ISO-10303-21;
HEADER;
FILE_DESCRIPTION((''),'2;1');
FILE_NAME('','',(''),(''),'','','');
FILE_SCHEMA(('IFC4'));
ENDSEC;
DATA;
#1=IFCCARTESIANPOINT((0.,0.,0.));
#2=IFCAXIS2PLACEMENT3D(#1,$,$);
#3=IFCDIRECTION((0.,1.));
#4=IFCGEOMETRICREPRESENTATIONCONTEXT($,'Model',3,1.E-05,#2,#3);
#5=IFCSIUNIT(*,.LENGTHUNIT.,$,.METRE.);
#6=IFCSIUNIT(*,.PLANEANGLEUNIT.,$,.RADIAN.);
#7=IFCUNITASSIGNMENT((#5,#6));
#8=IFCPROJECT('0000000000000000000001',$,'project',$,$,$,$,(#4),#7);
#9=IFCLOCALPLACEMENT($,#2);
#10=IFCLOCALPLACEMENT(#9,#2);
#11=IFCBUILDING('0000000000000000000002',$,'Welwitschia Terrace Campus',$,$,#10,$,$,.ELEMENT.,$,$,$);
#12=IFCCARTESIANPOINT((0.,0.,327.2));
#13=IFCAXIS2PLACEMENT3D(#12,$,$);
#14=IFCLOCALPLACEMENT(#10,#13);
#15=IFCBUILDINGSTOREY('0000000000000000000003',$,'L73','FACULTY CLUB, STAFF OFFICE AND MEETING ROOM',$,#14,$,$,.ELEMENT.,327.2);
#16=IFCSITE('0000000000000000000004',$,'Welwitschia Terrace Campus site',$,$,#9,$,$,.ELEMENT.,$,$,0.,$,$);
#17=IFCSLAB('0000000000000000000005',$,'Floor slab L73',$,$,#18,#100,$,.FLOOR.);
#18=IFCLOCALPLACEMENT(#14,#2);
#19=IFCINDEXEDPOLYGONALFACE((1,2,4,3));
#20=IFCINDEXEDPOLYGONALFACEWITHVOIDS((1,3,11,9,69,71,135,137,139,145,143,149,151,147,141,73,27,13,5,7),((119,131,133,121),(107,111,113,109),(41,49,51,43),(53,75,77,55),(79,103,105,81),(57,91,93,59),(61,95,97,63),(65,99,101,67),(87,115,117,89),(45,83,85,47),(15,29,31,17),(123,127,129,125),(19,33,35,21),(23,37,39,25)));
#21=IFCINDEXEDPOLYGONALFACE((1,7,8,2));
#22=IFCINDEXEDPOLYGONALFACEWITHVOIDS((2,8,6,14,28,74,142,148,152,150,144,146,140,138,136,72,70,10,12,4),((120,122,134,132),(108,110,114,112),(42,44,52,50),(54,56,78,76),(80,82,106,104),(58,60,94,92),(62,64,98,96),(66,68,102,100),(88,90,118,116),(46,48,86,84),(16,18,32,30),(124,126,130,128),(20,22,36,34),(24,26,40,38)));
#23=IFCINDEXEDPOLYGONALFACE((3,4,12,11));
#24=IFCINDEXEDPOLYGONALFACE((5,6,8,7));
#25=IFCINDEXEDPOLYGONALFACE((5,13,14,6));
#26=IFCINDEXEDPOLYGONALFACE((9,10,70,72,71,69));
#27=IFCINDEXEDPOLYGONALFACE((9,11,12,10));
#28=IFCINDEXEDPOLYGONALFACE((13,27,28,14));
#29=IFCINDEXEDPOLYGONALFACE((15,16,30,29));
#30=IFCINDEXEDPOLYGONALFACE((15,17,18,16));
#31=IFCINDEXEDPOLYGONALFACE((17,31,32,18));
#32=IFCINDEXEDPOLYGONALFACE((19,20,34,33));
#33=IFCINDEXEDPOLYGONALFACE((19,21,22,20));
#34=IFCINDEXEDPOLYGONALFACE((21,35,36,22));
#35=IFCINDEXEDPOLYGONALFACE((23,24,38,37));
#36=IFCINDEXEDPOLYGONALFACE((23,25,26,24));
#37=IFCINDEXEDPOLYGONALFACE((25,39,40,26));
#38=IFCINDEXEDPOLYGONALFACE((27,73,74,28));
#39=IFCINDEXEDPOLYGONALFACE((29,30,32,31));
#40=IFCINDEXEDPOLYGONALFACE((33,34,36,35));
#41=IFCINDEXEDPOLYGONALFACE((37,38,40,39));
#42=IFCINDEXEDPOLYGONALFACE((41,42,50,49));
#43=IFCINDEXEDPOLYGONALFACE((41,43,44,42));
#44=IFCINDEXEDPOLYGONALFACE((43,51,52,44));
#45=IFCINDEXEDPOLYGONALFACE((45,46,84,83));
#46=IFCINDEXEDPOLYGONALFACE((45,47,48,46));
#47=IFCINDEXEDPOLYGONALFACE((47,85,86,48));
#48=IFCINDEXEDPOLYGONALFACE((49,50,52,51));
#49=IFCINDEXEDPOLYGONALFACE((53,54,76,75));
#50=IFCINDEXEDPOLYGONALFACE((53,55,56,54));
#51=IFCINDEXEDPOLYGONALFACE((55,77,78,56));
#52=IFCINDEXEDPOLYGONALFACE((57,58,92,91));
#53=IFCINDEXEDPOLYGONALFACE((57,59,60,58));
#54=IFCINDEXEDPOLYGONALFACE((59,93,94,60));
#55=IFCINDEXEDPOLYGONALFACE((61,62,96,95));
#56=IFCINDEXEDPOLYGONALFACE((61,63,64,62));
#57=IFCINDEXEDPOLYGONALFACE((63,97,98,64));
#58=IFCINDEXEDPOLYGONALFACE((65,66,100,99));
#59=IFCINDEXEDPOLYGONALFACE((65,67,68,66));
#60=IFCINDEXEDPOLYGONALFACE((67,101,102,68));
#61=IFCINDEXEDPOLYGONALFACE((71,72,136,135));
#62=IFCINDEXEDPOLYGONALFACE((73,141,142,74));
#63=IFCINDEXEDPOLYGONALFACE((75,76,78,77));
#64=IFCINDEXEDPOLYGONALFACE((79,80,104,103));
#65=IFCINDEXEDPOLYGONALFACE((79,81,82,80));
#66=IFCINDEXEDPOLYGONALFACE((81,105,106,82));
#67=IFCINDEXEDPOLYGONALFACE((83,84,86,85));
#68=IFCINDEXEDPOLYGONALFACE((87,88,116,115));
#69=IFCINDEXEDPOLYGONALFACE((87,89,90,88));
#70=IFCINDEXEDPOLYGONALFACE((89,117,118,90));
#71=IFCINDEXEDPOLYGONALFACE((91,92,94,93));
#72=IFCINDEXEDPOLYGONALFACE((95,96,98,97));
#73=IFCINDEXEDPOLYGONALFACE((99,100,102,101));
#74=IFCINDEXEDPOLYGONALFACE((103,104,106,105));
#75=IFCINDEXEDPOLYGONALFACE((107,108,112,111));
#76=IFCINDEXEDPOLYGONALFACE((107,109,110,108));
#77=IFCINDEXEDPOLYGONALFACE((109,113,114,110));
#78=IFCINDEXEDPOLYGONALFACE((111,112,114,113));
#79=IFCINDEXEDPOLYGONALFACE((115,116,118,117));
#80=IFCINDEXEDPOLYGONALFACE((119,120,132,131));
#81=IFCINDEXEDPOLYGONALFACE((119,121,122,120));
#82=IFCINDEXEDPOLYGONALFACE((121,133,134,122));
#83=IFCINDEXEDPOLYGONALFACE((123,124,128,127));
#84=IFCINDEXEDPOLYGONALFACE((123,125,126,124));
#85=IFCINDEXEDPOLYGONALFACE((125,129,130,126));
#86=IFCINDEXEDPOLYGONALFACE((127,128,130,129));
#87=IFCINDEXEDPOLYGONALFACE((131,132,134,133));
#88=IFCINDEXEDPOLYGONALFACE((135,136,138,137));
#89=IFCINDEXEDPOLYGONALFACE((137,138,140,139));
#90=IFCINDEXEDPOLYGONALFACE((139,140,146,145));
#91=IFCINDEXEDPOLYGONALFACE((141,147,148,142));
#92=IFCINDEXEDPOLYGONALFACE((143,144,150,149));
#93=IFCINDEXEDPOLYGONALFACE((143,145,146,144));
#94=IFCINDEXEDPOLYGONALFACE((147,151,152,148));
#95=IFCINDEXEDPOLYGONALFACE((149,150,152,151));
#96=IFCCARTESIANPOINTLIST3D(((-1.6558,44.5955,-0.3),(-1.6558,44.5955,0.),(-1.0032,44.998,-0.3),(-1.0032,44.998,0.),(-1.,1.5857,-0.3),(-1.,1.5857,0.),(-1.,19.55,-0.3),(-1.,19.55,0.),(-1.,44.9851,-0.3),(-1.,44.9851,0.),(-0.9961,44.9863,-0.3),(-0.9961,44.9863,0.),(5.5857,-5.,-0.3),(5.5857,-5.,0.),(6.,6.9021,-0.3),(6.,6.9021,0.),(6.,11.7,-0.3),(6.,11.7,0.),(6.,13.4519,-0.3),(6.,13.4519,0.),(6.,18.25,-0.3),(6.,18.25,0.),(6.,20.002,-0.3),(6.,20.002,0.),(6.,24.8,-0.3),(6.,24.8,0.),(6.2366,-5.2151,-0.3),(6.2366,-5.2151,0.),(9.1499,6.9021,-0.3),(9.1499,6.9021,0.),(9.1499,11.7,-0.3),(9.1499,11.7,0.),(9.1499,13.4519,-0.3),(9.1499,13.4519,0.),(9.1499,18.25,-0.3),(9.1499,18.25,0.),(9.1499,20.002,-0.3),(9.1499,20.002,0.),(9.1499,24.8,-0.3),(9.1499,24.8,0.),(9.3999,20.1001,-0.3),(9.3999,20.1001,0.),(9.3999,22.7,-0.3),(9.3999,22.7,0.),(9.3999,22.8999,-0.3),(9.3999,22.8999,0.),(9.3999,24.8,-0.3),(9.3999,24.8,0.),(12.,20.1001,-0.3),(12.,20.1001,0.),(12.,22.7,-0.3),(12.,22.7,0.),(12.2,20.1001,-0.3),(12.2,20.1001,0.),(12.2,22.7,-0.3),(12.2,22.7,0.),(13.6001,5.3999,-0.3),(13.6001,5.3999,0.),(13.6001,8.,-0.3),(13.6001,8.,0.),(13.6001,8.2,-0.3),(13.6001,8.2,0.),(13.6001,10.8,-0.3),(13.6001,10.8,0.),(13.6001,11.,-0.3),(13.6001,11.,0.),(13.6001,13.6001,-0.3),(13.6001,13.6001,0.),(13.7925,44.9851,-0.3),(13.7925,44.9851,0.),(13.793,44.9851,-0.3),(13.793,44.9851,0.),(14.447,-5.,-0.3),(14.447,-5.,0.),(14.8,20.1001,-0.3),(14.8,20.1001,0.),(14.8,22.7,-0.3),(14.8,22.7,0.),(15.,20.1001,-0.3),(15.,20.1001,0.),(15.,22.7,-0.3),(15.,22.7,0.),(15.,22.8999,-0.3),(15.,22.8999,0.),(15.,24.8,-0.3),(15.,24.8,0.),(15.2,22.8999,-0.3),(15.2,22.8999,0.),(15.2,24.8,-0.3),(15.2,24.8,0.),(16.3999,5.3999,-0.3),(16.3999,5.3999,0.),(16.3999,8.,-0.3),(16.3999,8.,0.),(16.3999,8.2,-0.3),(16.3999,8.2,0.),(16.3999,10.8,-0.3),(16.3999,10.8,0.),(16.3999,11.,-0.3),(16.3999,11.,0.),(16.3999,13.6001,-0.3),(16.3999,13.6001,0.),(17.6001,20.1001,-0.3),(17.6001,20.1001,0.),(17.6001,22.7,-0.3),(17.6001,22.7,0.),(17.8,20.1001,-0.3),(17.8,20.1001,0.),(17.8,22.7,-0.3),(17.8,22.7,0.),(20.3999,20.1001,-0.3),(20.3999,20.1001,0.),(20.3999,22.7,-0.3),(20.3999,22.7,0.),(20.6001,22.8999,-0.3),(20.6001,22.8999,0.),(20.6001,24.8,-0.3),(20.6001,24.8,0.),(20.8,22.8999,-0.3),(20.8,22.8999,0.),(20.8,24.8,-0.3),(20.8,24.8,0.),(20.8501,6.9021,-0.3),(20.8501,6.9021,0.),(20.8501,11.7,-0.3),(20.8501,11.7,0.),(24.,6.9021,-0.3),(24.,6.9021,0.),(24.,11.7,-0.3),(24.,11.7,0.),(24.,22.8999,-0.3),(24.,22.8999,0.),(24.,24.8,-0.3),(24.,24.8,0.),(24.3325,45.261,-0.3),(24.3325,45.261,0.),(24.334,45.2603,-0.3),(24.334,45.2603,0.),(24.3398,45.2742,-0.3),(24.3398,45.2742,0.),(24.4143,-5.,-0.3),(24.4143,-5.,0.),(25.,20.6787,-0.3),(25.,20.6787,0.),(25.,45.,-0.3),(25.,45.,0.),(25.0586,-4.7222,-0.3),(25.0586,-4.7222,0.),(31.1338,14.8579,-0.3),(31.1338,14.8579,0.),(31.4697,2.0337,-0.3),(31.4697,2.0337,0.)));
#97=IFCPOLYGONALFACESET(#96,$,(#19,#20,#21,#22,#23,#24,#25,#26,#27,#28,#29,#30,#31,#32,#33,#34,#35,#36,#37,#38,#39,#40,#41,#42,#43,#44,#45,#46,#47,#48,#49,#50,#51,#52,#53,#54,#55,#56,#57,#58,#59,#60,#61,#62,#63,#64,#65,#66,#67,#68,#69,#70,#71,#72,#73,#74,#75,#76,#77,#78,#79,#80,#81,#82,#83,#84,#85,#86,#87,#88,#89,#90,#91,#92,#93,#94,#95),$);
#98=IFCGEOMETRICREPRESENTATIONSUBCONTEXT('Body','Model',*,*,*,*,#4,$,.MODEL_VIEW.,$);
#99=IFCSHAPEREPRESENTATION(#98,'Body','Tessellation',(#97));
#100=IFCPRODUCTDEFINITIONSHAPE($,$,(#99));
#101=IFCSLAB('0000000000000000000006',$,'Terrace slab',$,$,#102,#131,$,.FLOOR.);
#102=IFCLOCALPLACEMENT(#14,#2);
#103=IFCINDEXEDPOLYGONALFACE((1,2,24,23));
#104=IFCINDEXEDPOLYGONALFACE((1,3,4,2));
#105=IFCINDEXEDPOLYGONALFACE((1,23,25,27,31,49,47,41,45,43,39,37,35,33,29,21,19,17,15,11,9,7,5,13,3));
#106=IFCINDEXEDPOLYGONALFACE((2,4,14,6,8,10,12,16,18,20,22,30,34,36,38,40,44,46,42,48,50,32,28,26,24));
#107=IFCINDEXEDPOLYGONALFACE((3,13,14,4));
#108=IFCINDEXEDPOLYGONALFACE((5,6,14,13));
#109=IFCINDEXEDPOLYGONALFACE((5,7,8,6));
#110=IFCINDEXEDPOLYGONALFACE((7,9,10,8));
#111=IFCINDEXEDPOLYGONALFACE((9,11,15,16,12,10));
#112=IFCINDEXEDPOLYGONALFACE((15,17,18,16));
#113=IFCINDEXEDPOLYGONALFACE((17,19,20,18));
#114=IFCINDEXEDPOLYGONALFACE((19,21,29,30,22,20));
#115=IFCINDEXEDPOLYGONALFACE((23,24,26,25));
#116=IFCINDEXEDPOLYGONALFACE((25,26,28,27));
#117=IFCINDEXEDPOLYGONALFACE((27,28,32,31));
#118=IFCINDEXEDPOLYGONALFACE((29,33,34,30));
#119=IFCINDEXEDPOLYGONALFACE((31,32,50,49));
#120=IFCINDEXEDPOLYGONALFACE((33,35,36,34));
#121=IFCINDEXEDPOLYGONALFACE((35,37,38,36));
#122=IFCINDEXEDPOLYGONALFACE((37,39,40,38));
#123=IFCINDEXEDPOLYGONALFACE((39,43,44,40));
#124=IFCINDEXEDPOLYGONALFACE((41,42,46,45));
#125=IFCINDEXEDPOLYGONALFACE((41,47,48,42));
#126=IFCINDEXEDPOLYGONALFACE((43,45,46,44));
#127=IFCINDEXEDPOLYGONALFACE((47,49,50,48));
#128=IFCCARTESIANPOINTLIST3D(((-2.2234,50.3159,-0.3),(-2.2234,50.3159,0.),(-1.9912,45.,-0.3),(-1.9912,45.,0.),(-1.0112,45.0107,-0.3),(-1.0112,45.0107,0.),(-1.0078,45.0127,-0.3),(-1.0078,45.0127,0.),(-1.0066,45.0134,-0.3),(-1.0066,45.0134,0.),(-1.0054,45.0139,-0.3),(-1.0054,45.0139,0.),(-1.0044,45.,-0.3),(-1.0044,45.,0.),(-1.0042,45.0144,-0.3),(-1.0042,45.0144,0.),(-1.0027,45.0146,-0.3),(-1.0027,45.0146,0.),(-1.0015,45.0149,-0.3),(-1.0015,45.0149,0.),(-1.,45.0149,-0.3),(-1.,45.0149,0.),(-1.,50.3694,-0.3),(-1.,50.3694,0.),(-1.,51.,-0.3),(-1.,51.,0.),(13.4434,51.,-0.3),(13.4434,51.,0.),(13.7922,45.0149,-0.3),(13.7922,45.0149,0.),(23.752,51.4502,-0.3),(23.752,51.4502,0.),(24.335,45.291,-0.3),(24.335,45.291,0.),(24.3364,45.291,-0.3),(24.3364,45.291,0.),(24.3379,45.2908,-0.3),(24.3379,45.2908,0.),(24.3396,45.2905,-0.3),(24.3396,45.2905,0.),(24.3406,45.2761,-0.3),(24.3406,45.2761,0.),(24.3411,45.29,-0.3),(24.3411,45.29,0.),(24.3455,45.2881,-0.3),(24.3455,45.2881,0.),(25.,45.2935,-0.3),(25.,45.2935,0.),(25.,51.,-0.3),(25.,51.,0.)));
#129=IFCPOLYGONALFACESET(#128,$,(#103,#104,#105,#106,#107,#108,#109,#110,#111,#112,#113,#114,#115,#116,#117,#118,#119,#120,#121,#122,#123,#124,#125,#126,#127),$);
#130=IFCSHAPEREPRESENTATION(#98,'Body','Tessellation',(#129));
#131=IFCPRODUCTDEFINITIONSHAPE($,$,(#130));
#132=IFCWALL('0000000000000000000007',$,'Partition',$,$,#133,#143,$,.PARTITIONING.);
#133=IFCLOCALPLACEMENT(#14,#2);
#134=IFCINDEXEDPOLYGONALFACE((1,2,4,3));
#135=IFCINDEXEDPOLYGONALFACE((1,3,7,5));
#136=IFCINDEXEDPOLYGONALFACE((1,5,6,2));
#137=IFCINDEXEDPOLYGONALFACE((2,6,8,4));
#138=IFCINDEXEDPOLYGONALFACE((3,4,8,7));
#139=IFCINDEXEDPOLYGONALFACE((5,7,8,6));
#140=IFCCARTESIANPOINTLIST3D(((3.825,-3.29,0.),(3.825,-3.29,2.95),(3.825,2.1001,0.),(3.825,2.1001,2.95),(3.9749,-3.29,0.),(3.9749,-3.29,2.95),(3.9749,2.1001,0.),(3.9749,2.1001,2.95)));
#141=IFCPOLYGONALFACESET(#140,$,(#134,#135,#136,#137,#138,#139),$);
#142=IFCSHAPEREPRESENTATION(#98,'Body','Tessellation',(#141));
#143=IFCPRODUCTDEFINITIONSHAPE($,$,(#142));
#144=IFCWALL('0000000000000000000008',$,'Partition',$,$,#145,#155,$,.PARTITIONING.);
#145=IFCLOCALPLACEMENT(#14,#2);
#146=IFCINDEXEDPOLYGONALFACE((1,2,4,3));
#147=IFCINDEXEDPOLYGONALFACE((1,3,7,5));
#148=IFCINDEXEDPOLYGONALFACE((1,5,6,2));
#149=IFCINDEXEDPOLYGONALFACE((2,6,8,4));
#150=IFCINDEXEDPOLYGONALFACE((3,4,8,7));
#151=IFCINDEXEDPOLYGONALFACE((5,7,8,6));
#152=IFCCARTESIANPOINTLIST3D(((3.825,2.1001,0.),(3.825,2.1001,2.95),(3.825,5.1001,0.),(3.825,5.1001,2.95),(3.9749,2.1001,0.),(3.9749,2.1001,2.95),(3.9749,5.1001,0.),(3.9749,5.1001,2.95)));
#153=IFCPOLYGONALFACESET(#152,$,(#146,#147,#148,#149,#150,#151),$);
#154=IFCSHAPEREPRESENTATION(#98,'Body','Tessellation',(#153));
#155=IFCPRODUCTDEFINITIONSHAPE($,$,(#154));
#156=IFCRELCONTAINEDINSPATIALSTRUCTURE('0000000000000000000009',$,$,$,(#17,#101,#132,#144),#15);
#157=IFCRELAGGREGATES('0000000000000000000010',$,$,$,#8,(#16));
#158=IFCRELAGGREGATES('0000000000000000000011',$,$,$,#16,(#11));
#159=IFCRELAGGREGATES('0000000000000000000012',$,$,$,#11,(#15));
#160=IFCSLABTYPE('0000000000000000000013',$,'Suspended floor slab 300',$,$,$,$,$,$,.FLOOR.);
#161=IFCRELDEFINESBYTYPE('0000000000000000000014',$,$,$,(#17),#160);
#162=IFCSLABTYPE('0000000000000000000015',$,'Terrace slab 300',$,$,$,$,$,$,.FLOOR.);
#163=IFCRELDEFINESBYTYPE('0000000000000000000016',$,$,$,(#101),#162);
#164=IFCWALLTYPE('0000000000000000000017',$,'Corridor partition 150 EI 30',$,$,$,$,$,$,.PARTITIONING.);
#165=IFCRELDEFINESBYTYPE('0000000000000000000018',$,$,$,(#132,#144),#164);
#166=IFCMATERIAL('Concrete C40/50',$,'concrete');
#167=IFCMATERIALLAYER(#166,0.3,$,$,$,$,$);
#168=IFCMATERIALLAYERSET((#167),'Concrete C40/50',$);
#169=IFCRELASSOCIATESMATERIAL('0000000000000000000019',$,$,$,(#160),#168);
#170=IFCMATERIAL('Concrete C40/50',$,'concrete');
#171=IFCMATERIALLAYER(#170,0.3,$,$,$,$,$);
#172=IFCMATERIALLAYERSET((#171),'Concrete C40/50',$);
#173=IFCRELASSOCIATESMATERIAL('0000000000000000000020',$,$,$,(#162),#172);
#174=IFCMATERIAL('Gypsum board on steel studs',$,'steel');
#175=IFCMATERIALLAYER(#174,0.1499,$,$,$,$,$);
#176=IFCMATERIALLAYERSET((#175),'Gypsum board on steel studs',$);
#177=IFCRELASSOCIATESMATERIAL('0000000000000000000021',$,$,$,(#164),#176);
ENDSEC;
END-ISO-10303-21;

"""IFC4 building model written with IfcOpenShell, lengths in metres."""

from ifc_helpers import new_model, si_unit, direction, frame, frame_2d, origin, place, context, subcontext, project, spatial, polyline, rectangle, outline, extrude, material, layer, layer_set, type_object, element, save


model = new_model("IFC4")

# Units and contexts
model_context = context("Model", 3, precision=1e-05, world=origin(), true_north=direction((0.0, 1.0)))
body_context = subcontext(model_context, "Body", "Model", "MODEL_VIEW")
ifc_project = project(units=[si_unit("LENGTHUNIT", "METRE"), si_unit("PLANEANGLEUNIT", "RADIAN")], contexts=[model_context])

# Site, building, storey
site_placement = place(None, origin())
site = spatial("IfcSite", under=ifc_project, at=site_placement, Name="Welwitschia Terrace Campus site", CompositionType="ELEMENT", RefElevation=0.0)
building_placement = place(site_placement, origin())
building = spatial("IfcBuilding", under=site, at=building_placement, Name="Welwitschia Terrace Campus", CompositionType="ELEMENT")
storey_placement = place(building_placement, frame((0.0, 0.0, 327.2)))
storey = spatial("IfcBuildingStorey", under=building, at=storey_placement, Name="L73", Description="FACULTY CLUB, STAFF OFFICE AND MEETING ROOM", CompositionType="ELEMENT", Elevation=327.2)

# Slabs
ifc_material_1 = material(Name="Concrete C40/50", Category="concrete")
ifc_layer_1 = layer(ifc_material_1, 0.3)
ifc_layer_set_1 = layer_set([ifc_layer_1], Name="Concrete C40/50")
slab_type_1 = type_object("IfcSlabType", Name="Suspended floor slab 300", PredefinedType="FLOOR", material=ifc_layer_set_1)
slab_1_placement = place(storey_placement, frame((0.0, 0.0, -0.3)))
element("IfcSlab", 1, at=slab_1_placement, inside=storey, type_object=slab_type_1, Name="Floor slab L73", PredefinedType="FLOOR", context=body_context, shape_type="SweptSolid", body=[
    extrude(outline(polyline([(-1.0032, 44.998), (-0.9961, 44.9863), (-1.0, 44.9851), (-1.0, 44.9851), (13.7925, 44.9851), (13.793, 44.9851), (24.3325, 45.261), (24.334, 45.2603), (24.3398, 45.2742), (25.0, 45.0), (25.0, 20.6787), (31.1338, 14.8579), (31.4697, 2.0337), (25.0586, -4.7222), (24.4143, -5.0), (14.447, -5.0), (6.2366, -5.2151), (5.5857, -5.0), (-1.0, 1.5857), (-1.0, 19.55), (-1.6558, 44.5955), (-1.0032, 44.998)]), holes=[polyline([(13.6001, 5.3999), (16.3999, 5.3999), (16.3999, 8.0), (13.6001, 8.0), (13.6001, 5.3999)]), polyline([(6.0, 11.7), (6.0, 6.9021), (9.1499, 6.9021), (9.1499, 11.7), (6.0, 11.7)]), polyline([(6.0, 18.25), (6.0, 13.4519), (9.1499, 13.4519), (9.1499, 18.25), (6.0, 18.25)]), polyline([(9.3999, 22.7), (9.3999, 20.1001), (12.0, 20.1001), (12.0, 22.7), (9.3999, 22.7)]), polyline([(12.2, 22.7), (12.2, 20.1001), (14.8, 20.1001), (14.8, 22.7), (12.2, 22.7)]), polyline([(6.0, 24.8), (6.0, 20.002), (9.1499, 20.002), (9.1499, 24.8), (6.0, 24.8)]), polyline([(9.3999, 24.8), (9.3999, 22.8999), (15.0, 22.8999), (15.0, 24.8), (9.3999, 24.8)]), polyline([(20.8501, 6.9021), (24.0, 6.9021), (24.0, 11.7), (20.8501, 11.7), (20.8501, 6.9021)]), polyline([(13.6001, 10.8), (13.6001, 8.2), (16.3999, 8.2), (16.3999, 10.8), (13.6001, 10.8)]), polyline([(13.6001, 13.6001), (13.6001, 11.0), (16.3999, 11.0), (16.3999, 13.6001), (13.6001, 13.6001)]), polyline([(15.0, 22.7), (15.0, 20.1001), (17.6001, 20.1001), (17.6001, 22.7), (15.0, 22.7)]), polyline([(17.8, 22.7), (17.8, 20.1001), (20.3999, 20.1001), (20.3999, 22.7), (17.8, 22.7)]), polyline([(15.2, 24.8), (15.2, 22.8999), (20.6001, 22.8999), (20.6001, 24.8), (15.2, 24.8)]), polyline([(20.8, 24.8), (20.8, 22.8999), (24.0, 22.8999), (24.0, 24.8), (20.8, 24.8)])]), origin(), (0.0, 0.0, 1.0), 0.3),
])
ifc_material_2 = material(Name="Concrete C40/50", Category="concrete")
ifc_layer_2 = layer(ifc_material_2, 0.3)
ifc_layer_set_2 = layer_set([ifc_layer_2], Name="Concrete C40/50")
slab_type_2 = type_object("IfcSlabType", Name="Terrace slab 300", PredefinedType="FLOOR", material=ifc_layer_set_2)
slab_2_placement = place(storey_placement, frame((0.0, 0.0, -0.3)))
element("IfcSlab", 2, at=slab_2_placement, inside=storey, type_object=slab_type_2, Name="Terrace slab", PredefinedType="FLOOR", context=body_context, shape_type="SweptSolid", body=[
    extrude(outline(polyline([(-1.9912, 45.0), (-2.2234, 50.3159), (-1.0, 50.3694), (-1.0, 51.0), (13.4434, 51.0), (23.752, 51.4502), (25.0, 51.0), (25.0, 45.2935), (24.3406, 45.2761), (24.3455, 45.2881), (24.3411, 45.29), (24.3396, 45.2905), (24.3379, 45.2908), (24.3364, 45.291), (24.335, 45.291), (13.7922, 45.0149), (-1.0, 45.0149), (-1.0015, 45.0149), (-1.0027, 45.0146), (-1.0042, 45.0144), (-1.0054, 45.0139), (-1.0066, 45.0134), (-1.0078, 45.0127), (-1.0112, 45.0107), (-1.0044, 45.0), (-1.9912, 45.0)])), origin(), (0.0, 0.0, 1.0), 0.3),
])

# Walls
ifc_material_3 = material(Name="Gypsum board on steel studs", Category="steel")
ifc_layer_3 = layer(ifc_material_3, 0.1499)
ifc_layer_set_3 = layer_set([ifc_layer_3], Name="Gypsum board on steel studs")
wall_type = type_object("IfcWallType", Name="Corridor partition 150 EI 30", PredefinedType="PARTITIONING", material=ifc_layer_set_3)
wall_1_placement = place(storey_placement, frame((3.8999, -3.29, 0.0), z_axis=(0.0, 0.0, 1.0), x_axis=(0.0, 1.0, 0.0)))
element("IfcWall", 3, at=wall_1_placement, inside=storey, type_object=wall_type, Name="Partition", PredefinedType="PARTITIONING", context=body_context, shape_type="SweptSolid", body=[
    extrude(rectangle(XDim=5.3901, YDim=0.1499, at=frame_2d((2.6951, 0.0))), origin(), (0.0, 0.0, 1.0), 2.95),
])
wall_2_placement = place(storey_placement, frame((3.8999, 2.1001, 0.0), z_axis=(0.0, 0.0, 1.0), x_axis=(0.0, 1.0, 0.0)))
element("IfcWall", 4, at=wall_2_placement, inside=storey, type_object=wall_type, Name="Partition", PredefinedType="PARTITIONING", context=body_context, shape_type="SweptSolid", body=[
    extrude(rectangle(XDim=3.0, YDim=0.1499, at=frame_2d((1.5, 0.0))), origin(), (0.0, 0.0, 1.0), 2.95),
])

save(model, "model.ifc")
